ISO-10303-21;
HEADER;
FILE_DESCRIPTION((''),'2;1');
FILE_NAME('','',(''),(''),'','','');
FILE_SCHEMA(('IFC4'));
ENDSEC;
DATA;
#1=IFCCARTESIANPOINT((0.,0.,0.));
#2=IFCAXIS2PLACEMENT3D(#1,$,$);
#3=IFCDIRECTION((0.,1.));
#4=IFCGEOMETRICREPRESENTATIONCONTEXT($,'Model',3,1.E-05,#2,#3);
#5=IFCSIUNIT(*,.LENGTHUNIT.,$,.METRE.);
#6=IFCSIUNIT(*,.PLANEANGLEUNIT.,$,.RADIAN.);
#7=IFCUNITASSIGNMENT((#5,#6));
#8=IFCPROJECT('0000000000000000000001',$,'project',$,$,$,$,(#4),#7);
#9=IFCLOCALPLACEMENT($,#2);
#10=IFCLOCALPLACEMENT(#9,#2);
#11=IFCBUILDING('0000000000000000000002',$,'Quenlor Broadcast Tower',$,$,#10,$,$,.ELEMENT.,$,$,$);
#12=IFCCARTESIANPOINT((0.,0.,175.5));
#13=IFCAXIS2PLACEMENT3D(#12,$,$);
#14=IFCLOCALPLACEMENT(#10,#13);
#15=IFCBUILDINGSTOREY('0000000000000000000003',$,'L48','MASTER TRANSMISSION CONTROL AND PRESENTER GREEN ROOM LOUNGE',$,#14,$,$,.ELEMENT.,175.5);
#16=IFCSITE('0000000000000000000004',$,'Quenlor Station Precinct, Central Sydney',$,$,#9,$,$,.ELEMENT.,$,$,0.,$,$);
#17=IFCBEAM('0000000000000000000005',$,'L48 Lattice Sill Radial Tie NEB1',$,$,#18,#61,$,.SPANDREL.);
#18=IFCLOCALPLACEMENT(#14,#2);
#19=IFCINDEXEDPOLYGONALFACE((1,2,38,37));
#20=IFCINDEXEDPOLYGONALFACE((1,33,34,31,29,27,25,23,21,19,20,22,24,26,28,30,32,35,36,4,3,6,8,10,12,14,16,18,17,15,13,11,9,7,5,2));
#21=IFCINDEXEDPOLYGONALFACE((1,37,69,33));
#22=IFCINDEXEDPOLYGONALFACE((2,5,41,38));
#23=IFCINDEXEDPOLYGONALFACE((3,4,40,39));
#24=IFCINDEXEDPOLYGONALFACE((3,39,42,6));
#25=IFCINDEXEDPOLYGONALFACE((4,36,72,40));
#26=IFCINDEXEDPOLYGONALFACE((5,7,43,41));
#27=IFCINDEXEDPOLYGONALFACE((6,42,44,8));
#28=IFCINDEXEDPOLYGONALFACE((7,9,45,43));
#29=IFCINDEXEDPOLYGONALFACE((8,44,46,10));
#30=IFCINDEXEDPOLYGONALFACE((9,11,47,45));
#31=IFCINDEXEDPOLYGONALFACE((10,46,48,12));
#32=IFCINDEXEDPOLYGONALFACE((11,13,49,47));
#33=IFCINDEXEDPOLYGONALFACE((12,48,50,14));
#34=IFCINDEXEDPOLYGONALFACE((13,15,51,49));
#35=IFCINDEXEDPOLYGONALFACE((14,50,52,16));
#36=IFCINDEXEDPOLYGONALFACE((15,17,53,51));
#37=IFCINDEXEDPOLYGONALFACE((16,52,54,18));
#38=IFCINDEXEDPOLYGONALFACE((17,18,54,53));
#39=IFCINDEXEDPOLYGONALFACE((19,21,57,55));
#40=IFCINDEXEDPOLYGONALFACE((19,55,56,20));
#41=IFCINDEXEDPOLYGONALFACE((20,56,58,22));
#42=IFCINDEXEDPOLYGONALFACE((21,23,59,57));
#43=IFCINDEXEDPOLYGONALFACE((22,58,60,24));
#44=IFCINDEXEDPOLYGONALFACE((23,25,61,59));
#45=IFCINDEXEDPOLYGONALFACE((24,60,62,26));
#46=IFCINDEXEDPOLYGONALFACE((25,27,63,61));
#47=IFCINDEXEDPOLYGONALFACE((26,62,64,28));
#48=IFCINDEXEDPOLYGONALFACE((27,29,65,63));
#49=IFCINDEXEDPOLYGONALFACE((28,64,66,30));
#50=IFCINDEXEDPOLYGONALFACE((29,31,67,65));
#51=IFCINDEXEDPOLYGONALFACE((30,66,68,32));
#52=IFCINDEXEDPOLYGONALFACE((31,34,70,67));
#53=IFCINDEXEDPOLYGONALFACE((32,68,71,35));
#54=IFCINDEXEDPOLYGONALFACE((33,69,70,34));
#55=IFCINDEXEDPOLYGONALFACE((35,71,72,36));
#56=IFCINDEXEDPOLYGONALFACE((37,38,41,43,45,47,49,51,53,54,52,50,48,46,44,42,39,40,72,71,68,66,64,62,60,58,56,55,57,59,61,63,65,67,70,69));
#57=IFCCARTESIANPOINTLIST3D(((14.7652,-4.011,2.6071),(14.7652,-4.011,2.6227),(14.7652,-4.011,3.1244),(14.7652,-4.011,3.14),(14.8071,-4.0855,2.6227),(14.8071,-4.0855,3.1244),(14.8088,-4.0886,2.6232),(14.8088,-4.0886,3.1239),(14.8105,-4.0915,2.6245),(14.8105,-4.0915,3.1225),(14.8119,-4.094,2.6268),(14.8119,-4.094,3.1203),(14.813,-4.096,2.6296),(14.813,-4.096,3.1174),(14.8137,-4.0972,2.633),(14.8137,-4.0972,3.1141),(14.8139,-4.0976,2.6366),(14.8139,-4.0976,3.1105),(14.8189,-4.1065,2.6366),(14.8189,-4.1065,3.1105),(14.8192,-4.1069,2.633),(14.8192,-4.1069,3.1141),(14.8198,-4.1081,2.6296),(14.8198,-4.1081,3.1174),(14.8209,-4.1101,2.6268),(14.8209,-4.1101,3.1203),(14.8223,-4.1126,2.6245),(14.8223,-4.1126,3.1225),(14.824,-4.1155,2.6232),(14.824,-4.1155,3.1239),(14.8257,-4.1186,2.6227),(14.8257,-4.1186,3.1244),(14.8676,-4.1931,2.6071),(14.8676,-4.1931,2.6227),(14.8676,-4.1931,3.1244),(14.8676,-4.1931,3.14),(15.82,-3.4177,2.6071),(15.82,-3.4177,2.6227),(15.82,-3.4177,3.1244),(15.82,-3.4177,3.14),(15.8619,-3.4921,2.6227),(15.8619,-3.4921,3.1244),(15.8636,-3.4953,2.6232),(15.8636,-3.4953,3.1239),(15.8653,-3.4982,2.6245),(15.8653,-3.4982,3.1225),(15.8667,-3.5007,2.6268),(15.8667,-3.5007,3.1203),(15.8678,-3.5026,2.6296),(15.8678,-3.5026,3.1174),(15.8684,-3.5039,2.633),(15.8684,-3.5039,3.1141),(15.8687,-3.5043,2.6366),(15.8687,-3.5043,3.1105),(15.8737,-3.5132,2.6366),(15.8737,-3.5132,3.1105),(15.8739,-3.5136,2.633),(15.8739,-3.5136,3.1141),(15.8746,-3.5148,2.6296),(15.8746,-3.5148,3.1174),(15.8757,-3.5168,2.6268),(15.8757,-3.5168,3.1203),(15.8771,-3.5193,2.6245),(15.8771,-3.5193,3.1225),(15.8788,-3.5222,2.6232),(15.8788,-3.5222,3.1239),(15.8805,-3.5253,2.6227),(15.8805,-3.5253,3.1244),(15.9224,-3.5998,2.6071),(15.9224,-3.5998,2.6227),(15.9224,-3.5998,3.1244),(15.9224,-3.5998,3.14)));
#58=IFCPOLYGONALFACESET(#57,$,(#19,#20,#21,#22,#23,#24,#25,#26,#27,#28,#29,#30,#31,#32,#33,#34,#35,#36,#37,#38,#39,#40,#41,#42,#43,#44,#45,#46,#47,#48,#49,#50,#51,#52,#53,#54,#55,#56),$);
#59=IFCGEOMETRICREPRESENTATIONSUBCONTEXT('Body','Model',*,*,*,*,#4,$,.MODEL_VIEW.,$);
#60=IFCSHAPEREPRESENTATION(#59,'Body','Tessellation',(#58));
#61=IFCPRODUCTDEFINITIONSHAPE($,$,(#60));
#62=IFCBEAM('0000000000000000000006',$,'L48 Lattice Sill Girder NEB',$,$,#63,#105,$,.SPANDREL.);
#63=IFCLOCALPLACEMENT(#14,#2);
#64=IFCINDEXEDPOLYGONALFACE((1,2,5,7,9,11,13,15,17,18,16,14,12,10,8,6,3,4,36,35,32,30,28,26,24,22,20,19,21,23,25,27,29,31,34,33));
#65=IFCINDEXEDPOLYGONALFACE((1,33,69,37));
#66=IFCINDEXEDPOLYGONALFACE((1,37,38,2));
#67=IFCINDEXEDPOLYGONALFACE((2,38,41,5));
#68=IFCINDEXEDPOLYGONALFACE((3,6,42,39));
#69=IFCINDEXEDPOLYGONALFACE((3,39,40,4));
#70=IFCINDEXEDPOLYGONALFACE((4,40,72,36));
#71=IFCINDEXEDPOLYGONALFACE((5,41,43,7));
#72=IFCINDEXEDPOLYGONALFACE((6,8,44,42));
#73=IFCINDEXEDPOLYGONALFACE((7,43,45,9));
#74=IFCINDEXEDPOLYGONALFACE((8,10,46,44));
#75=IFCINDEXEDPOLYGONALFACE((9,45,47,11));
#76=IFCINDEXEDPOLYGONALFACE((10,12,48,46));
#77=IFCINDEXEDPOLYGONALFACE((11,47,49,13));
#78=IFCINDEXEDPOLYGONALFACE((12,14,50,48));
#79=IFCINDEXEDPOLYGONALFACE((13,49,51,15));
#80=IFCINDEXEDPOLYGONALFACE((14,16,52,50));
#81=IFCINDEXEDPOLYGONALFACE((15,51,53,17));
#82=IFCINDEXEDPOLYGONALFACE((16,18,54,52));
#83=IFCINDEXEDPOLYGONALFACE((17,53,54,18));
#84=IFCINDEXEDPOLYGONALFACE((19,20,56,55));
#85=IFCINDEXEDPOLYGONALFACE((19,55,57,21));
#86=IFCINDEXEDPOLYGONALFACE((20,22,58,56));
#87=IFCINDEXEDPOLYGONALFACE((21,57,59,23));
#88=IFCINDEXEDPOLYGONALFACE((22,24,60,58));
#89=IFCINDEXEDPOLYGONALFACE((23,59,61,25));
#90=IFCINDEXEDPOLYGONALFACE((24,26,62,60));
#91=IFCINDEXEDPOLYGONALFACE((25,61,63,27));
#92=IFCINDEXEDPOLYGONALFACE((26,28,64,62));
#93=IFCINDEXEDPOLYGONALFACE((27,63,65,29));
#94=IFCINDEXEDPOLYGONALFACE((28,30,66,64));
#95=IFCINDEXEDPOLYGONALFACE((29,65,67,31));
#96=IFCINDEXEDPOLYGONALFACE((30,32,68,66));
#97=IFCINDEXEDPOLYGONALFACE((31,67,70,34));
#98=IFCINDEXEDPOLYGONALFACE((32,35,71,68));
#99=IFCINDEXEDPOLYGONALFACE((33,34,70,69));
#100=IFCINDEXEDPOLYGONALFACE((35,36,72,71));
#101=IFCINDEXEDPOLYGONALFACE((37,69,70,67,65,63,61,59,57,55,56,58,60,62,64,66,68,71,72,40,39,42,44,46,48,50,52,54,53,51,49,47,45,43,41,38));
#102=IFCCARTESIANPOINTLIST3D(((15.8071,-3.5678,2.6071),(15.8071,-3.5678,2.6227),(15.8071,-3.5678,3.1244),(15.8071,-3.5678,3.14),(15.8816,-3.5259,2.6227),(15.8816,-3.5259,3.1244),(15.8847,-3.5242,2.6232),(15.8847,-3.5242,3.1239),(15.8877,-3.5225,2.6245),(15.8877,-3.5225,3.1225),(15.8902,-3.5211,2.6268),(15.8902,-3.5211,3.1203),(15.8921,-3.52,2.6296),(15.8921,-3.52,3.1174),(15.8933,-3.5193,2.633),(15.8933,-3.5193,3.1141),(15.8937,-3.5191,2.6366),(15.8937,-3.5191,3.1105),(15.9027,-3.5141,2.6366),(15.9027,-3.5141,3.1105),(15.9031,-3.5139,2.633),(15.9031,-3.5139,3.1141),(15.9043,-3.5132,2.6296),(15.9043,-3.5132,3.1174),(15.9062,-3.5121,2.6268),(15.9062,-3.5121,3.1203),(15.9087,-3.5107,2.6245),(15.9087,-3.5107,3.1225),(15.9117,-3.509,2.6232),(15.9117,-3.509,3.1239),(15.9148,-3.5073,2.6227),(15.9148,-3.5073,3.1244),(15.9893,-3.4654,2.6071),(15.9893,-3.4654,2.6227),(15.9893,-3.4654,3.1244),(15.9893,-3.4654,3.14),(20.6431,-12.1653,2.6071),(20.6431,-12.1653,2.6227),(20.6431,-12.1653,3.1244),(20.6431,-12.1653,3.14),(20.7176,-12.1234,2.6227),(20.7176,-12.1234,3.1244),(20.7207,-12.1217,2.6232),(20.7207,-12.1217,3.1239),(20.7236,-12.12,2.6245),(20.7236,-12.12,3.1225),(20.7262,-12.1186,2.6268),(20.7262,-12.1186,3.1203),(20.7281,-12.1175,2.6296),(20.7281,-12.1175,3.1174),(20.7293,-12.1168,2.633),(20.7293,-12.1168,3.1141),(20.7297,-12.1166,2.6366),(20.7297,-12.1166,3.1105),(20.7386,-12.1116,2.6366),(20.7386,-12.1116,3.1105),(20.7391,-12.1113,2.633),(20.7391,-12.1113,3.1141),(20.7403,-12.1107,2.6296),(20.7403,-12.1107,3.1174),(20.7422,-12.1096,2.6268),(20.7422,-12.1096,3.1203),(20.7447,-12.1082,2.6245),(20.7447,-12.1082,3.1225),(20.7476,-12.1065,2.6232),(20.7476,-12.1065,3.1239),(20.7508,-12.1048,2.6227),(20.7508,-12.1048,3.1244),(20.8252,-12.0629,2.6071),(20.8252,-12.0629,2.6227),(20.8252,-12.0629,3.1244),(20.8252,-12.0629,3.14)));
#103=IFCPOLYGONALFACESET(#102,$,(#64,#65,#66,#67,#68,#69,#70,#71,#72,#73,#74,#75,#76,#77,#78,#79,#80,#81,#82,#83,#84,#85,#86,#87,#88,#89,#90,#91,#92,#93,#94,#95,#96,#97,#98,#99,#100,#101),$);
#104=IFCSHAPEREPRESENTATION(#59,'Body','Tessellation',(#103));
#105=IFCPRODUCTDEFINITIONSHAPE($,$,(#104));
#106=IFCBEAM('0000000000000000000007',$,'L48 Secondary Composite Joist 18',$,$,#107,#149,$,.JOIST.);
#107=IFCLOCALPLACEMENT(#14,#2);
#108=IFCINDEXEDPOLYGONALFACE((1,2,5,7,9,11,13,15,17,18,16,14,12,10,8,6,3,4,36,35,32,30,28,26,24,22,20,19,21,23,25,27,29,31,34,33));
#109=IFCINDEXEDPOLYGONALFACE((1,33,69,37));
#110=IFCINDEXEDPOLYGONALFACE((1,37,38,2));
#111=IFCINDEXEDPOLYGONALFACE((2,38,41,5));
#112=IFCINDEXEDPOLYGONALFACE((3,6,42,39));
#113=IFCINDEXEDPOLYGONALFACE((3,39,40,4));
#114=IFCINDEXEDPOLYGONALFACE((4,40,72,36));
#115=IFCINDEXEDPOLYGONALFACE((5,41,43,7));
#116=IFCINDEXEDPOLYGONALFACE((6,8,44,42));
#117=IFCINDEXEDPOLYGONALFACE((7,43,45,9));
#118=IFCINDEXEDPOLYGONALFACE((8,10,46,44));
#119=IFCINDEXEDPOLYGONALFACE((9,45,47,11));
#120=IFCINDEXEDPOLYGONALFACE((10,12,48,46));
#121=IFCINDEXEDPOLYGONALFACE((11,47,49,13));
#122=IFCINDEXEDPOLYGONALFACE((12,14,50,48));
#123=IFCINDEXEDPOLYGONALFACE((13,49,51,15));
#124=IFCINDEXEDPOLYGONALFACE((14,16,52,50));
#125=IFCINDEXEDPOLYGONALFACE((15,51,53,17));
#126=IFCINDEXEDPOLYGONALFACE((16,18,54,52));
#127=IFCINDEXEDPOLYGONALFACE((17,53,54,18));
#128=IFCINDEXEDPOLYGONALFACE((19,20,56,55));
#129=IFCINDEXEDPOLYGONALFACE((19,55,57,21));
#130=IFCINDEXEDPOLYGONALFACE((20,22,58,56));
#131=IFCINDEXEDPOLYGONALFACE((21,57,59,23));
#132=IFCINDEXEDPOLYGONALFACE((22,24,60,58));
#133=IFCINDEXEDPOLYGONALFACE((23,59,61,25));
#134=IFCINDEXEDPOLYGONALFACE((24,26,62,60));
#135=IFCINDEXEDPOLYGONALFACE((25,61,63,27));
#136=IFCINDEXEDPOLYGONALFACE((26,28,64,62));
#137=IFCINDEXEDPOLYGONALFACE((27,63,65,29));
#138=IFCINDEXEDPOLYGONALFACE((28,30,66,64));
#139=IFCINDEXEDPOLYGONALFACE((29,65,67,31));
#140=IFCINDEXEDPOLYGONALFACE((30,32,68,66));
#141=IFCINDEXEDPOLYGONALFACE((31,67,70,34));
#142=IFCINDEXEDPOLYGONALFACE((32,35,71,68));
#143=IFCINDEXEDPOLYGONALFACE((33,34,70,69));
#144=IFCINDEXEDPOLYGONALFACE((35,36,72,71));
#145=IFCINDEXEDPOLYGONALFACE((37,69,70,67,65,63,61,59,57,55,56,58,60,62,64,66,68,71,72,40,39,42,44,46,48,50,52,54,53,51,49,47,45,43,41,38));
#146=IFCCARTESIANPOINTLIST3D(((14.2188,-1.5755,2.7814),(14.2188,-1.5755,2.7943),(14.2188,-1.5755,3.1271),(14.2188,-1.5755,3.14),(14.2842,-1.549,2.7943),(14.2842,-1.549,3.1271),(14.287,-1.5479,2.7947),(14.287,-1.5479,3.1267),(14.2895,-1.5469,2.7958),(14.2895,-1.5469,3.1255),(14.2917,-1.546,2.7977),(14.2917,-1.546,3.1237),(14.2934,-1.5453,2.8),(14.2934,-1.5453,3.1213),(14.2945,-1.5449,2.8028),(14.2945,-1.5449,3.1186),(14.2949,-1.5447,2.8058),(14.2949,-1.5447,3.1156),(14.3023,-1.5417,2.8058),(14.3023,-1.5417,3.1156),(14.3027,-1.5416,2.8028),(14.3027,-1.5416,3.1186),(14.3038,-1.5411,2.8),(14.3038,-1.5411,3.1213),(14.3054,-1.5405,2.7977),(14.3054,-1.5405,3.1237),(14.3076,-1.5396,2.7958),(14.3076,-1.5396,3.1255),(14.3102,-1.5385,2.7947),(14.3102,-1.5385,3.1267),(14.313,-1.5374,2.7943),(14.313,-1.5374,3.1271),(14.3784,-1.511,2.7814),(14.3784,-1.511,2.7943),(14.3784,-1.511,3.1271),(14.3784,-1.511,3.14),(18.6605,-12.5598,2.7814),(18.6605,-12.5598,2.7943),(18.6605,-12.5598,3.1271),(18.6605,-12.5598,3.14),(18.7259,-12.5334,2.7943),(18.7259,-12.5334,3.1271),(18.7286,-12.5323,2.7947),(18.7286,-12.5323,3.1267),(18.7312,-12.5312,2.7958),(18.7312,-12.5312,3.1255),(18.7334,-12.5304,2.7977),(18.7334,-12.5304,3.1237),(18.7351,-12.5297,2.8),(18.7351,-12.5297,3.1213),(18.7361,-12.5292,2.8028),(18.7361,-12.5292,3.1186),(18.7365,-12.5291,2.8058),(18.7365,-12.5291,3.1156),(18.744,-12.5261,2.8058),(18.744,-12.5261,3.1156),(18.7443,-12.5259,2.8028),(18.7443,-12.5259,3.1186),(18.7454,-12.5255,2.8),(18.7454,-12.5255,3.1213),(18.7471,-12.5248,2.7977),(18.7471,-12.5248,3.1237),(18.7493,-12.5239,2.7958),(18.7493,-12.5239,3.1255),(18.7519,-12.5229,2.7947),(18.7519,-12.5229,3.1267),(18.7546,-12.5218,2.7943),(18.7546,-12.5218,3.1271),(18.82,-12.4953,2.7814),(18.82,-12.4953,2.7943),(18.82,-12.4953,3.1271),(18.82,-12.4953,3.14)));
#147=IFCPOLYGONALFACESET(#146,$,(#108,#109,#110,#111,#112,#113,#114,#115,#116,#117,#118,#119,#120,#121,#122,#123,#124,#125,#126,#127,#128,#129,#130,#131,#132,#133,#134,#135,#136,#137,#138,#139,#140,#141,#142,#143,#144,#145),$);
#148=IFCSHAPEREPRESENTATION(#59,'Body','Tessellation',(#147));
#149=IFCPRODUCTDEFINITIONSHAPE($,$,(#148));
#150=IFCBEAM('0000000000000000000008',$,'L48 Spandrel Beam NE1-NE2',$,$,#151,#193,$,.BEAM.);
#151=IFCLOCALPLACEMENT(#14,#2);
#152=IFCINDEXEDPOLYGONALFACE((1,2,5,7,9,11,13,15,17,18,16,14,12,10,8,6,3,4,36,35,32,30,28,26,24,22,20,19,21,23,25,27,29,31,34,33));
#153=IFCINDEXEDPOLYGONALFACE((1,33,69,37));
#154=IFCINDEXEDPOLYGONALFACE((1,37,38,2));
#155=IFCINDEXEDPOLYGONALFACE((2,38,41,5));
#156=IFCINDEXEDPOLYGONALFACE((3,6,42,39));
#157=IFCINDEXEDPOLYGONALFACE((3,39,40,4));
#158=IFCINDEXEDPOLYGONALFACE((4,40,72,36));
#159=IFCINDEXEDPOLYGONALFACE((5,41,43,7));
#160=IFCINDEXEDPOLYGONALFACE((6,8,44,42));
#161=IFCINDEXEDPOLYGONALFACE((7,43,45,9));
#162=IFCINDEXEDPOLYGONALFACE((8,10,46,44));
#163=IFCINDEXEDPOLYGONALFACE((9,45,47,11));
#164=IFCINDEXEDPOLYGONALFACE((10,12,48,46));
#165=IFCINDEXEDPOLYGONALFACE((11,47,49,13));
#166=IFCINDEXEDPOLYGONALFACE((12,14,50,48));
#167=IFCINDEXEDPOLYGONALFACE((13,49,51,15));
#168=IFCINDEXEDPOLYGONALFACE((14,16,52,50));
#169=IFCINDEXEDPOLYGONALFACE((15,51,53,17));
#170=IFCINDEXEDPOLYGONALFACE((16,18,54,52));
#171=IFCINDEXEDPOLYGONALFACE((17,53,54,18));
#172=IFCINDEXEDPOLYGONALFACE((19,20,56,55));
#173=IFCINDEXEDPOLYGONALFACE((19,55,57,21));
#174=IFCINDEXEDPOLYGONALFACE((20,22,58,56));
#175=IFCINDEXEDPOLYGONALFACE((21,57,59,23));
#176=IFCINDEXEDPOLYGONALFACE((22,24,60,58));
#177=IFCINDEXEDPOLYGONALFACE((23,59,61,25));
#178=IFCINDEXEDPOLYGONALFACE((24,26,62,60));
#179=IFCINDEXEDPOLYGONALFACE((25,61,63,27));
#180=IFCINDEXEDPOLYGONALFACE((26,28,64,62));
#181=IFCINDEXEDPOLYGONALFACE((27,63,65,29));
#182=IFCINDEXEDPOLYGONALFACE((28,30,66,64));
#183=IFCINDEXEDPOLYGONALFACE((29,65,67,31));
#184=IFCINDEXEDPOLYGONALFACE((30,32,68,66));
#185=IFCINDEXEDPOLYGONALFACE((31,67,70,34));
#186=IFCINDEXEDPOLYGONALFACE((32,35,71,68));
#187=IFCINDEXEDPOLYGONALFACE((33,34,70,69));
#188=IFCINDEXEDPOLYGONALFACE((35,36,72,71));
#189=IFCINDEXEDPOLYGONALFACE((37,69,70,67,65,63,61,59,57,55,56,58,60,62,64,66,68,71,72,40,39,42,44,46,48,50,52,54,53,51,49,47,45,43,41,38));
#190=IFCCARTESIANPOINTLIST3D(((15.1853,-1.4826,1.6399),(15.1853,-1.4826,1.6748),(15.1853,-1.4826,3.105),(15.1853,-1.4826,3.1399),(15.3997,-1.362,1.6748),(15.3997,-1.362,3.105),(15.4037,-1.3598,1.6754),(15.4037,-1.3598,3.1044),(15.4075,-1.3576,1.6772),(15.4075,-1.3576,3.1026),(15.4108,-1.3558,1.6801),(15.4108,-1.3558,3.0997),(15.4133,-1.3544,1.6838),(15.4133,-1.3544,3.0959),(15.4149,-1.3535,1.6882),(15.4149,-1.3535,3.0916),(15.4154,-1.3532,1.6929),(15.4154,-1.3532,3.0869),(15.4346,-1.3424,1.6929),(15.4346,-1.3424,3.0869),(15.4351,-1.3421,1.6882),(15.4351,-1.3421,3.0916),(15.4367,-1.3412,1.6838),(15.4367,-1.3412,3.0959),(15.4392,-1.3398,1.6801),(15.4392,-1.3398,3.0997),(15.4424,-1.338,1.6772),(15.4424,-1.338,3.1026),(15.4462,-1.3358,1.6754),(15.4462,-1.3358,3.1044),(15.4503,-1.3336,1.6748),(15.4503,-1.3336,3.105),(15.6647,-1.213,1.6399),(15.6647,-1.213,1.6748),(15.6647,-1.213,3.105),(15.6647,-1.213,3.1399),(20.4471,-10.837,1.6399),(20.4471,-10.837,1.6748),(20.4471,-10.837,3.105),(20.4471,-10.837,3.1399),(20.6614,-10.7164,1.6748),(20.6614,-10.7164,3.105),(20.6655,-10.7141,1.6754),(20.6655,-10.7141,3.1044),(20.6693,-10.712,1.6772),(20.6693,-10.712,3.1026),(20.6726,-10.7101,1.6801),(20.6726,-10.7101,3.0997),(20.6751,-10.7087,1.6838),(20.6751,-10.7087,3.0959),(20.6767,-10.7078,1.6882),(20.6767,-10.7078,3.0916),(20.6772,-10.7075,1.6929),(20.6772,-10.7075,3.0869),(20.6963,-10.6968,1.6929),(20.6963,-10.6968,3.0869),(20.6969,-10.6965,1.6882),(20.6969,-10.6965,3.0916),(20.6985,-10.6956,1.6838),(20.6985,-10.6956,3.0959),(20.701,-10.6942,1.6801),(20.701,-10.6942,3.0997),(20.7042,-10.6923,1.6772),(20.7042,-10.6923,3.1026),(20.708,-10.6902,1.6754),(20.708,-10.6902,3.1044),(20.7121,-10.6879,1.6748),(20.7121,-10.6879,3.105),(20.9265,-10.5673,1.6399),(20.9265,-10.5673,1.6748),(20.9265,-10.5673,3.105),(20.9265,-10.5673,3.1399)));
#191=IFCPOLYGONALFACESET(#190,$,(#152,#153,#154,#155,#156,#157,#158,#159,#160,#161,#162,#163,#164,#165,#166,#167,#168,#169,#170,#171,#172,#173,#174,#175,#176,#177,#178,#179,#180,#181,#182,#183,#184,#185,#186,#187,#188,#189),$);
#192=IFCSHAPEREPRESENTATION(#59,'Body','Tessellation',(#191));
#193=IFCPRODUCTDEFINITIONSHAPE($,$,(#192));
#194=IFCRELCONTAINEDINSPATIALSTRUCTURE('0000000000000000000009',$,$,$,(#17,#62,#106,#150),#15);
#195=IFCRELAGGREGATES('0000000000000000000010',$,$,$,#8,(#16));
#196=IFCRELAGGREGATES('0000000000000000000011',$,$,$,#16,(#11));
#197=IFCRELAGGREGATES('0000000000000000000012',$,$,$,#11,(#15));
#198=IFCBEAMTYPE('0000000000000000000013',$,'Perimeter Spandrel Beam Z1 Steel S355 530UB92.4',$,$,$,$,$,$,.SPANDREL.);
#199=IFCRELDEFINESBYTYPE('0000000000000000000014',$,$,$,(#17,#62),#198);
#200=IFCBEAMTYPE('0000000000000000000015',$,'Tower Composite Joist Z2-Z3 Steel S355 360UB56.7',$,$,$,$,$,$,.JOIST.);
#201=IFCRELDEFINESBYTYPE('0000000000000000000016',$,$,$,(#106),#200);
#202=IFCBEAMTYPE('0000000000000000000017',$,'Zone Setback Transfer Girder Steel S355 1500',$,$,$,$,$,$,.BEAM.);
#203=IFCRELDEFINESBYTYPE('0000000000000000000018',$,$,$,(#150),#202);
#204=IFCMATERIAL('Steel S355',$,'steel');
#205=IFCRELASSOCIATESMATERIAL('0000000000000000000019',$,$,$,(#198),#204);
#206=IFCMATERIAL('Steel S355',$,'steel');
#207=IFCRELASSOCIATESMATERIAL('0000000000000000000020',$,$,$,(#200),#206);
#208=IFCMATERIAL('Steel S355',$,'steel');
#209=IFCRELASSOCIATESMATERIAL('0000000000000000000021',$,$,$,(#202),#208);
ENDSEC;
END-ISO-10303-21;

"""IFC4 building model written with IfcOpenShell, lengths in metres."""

from ifc_helpers import new_model, si_unit, direction, frame, origin, origin_2d, place, context, subcontext, project, spatial, i_section, extrude, material, material_profile, profile_set, type_object, element, save


model = new_model("IFC4")

# Units and contexts
model_context = context("Model", 3, precision=1e-05, world=origin(), true_north=direction((0.0, 1.0)))
body_context = subcontext(model_context, "Body", "Model", "MODEL_VIEW")
ifc_project = project(units=[si_unit("LENGTHUNIT", "METRE"), si_unit("PLANEANGLEUNIT", "RADIAN")], contexts=[model_context])

# Site, building, storey
site_placement = place(None, origin())
site = spatial("IfcSite", under=ifc_project, at=site_placement, Name="Quenlor Station Precinct, Central Sydney", CompositionType="ELEMENT", RefElevation=0.0)
building_placement = place(site_placement, origin())
building = spatial("IfcBuilding", under=site, at=building_placement, Name="Quenlor Broadcast Tower", CompositionType="ELEMENT")
storey_placement = place(building_placement, frame((0.0, 0.0, 175.5)))
storey = spatial("IfcBuildingStorey", under=building, at=storey_placement, Name="L48", Description="MASTER TRANSMISSION CONTROL AND PRESENTER GREEN ROOM LOUNGE", CompositionType="ELEMENT", Elevation=175.5)

# Beams
ifc_material_1 = material(Name="Steel S355", Category="steel")
ifc_material_profile_1 = material_profile(ifc_material_1, i_section(OverallWidth=0.209, OverallDepth=0.533, WebThickness=0.0103, FlangeThickness=0.0156, FilletRadius=0.0139, at=origin_2d()))
ifc_profile_set_1 = profile_set([ifc_material_profile_1], Name="Steel S355 530UB92.4")
beam_type_1 = type_object("IfcBeamType", Name="Perimeter Spandrel Beam Z1 Steel S355 530UB92.4", PredefinedType="SPANDREL", material=ifc_profile_set_1)
beam_1_placement = place(storey_placement, frame((14.8164, -4.1021, 2.8735), z_axis=(0.871576, 0.490261, 0.0), x_axis=(-0.490261, 0.871576, 0.0)))
element("IfcBeam", 1, at=beam_1_placement, inside=storey, type_object=beam_type_1, Name="L48 Lattice Sill Radial Tie NEB1", PredefinedType="SPANDREL", context=body_context, shape_type="SweptSolid", body=[
    extrude(i_section(OverallWidth=0.209, OverallDepth=0.533, WebThickness=0.0103, FlangeThickness=0.0156, FilletRadius=0.0139, at=origin_2d()), origin(), (0.0, 0.0, 1.0), 1.2102),
])
beam_2_placement = place(storey_placement, frame((15.8982, -3.5166, 2.8735), z_axis=(0.490253, -0.87158, 0.0), x_axis=(0.87158, 0.490253, 0.0)))
element("IfcBeam", 2, at=beam_2_placement, inside=storey, type_object=beam_type_1, Name="L48 Lattice Sill Girder NEB", PredefinedType="SPANDREL", context=body_context, shape_type="SweptSolid", body=[
    extrude(i_section(OverallWidth=0.209, OverallDepth=0.533, WebThickness=0.0103, FlangeThickness=0.0156, FilletRadius=0.0139, at=origin_2d()), origin(), (0.0, 0.0, 1.0), 9.8643),
])
ifc_material_2 = material(Name="Steel S355", Category="steel")
ifc_material_profile_2 = material_profile(ifc_material_2, i_section(OverallWidth=0.1721, OverallDepth=0.3586, WebThickness=0.0081, FlangeThickness=0.0129, FilletRadius=0.0115, at=origin_2d()))
ifc_profile_set_2 = profile_set([ifc_material_profile_2], Name="Steel S355 360UB56.7")
beam_type_2 = type_object("IfcBeamType", Name="Tower Composite Joist Z2-Z3 Steel S355 360UB56.7", PredefinedType="JOIST", material=ifc_profile_set_2)
beam_3_placement = place(storey_placement, frame((18.7402, -12.5276, 2.9607), z_axis=(-0.374873, 0.927076, 0.0), x_axis=(-0.927076, -0.374873, 0.0)))
element("IfcBeam", 3, at=beam_3_placement, inside=storey, type_object=beam_type_2, Name="L48 Secondary Composite Joist 18", PredefinedType="JOIST", context=body_context, shape_type="SweptSolid", body=[
    extrude(i_section(OverallWidth=0.1721, OverallDepth=0.3586, WebThickness=0.0081, FlangeThickness=0.0129, FilletRadius=0.0115, at=origin_2d()), origin(), (0.0, 0.0, 1.0), 11.8484),
])
ifc_material_3 = material(Name="Steel S355", Category="steel")
ifc_material_profile_3 = material_profile(ifc_material_3, i_section(OverallWidth=0.55, OverallDepth=1.5, WebThickness=0.022, FlangeThickness=0.0349, FilletRadius=0.0181, at=origin_2d()))
ifc_profile_set_3 = profile_set([ifc_material_profile_3], Name="Steel S355 1500TG510")
beam_type_3 = type_object("IfcBeamType", Name="Zone Setback Transfer Girder Steel S355 1500", PredefinedType="BEAM", material=ifc_profile_set_3)
beam_4_placement = place(storey_placement, frame((20.6868, -10.7021, 2.3899), z_axis=(-0.490258, 0.871577, 0.0), x_axis=(-0.871577, -0.490258, 0.0)))
element("IfcBeam", 4, at=beam_4_placement, inside=storey, type_object=beam_type_3, Name="L48 Spandrel Beam NE1-NE2", PredefinedType="BEAM", context=body_context, shape_type="SweptSolid", body=[
    extrude(i_section(OverallWidth=0.55, OverallDepth=1.5, WebThickness=0.022, FlangeThickness=0.0349, FilletRadius=0.0181, at=origin_2d()), origin(), (0.0, 0.0, 1.0), 10.7327),
])

save(model, "model.ifc")
